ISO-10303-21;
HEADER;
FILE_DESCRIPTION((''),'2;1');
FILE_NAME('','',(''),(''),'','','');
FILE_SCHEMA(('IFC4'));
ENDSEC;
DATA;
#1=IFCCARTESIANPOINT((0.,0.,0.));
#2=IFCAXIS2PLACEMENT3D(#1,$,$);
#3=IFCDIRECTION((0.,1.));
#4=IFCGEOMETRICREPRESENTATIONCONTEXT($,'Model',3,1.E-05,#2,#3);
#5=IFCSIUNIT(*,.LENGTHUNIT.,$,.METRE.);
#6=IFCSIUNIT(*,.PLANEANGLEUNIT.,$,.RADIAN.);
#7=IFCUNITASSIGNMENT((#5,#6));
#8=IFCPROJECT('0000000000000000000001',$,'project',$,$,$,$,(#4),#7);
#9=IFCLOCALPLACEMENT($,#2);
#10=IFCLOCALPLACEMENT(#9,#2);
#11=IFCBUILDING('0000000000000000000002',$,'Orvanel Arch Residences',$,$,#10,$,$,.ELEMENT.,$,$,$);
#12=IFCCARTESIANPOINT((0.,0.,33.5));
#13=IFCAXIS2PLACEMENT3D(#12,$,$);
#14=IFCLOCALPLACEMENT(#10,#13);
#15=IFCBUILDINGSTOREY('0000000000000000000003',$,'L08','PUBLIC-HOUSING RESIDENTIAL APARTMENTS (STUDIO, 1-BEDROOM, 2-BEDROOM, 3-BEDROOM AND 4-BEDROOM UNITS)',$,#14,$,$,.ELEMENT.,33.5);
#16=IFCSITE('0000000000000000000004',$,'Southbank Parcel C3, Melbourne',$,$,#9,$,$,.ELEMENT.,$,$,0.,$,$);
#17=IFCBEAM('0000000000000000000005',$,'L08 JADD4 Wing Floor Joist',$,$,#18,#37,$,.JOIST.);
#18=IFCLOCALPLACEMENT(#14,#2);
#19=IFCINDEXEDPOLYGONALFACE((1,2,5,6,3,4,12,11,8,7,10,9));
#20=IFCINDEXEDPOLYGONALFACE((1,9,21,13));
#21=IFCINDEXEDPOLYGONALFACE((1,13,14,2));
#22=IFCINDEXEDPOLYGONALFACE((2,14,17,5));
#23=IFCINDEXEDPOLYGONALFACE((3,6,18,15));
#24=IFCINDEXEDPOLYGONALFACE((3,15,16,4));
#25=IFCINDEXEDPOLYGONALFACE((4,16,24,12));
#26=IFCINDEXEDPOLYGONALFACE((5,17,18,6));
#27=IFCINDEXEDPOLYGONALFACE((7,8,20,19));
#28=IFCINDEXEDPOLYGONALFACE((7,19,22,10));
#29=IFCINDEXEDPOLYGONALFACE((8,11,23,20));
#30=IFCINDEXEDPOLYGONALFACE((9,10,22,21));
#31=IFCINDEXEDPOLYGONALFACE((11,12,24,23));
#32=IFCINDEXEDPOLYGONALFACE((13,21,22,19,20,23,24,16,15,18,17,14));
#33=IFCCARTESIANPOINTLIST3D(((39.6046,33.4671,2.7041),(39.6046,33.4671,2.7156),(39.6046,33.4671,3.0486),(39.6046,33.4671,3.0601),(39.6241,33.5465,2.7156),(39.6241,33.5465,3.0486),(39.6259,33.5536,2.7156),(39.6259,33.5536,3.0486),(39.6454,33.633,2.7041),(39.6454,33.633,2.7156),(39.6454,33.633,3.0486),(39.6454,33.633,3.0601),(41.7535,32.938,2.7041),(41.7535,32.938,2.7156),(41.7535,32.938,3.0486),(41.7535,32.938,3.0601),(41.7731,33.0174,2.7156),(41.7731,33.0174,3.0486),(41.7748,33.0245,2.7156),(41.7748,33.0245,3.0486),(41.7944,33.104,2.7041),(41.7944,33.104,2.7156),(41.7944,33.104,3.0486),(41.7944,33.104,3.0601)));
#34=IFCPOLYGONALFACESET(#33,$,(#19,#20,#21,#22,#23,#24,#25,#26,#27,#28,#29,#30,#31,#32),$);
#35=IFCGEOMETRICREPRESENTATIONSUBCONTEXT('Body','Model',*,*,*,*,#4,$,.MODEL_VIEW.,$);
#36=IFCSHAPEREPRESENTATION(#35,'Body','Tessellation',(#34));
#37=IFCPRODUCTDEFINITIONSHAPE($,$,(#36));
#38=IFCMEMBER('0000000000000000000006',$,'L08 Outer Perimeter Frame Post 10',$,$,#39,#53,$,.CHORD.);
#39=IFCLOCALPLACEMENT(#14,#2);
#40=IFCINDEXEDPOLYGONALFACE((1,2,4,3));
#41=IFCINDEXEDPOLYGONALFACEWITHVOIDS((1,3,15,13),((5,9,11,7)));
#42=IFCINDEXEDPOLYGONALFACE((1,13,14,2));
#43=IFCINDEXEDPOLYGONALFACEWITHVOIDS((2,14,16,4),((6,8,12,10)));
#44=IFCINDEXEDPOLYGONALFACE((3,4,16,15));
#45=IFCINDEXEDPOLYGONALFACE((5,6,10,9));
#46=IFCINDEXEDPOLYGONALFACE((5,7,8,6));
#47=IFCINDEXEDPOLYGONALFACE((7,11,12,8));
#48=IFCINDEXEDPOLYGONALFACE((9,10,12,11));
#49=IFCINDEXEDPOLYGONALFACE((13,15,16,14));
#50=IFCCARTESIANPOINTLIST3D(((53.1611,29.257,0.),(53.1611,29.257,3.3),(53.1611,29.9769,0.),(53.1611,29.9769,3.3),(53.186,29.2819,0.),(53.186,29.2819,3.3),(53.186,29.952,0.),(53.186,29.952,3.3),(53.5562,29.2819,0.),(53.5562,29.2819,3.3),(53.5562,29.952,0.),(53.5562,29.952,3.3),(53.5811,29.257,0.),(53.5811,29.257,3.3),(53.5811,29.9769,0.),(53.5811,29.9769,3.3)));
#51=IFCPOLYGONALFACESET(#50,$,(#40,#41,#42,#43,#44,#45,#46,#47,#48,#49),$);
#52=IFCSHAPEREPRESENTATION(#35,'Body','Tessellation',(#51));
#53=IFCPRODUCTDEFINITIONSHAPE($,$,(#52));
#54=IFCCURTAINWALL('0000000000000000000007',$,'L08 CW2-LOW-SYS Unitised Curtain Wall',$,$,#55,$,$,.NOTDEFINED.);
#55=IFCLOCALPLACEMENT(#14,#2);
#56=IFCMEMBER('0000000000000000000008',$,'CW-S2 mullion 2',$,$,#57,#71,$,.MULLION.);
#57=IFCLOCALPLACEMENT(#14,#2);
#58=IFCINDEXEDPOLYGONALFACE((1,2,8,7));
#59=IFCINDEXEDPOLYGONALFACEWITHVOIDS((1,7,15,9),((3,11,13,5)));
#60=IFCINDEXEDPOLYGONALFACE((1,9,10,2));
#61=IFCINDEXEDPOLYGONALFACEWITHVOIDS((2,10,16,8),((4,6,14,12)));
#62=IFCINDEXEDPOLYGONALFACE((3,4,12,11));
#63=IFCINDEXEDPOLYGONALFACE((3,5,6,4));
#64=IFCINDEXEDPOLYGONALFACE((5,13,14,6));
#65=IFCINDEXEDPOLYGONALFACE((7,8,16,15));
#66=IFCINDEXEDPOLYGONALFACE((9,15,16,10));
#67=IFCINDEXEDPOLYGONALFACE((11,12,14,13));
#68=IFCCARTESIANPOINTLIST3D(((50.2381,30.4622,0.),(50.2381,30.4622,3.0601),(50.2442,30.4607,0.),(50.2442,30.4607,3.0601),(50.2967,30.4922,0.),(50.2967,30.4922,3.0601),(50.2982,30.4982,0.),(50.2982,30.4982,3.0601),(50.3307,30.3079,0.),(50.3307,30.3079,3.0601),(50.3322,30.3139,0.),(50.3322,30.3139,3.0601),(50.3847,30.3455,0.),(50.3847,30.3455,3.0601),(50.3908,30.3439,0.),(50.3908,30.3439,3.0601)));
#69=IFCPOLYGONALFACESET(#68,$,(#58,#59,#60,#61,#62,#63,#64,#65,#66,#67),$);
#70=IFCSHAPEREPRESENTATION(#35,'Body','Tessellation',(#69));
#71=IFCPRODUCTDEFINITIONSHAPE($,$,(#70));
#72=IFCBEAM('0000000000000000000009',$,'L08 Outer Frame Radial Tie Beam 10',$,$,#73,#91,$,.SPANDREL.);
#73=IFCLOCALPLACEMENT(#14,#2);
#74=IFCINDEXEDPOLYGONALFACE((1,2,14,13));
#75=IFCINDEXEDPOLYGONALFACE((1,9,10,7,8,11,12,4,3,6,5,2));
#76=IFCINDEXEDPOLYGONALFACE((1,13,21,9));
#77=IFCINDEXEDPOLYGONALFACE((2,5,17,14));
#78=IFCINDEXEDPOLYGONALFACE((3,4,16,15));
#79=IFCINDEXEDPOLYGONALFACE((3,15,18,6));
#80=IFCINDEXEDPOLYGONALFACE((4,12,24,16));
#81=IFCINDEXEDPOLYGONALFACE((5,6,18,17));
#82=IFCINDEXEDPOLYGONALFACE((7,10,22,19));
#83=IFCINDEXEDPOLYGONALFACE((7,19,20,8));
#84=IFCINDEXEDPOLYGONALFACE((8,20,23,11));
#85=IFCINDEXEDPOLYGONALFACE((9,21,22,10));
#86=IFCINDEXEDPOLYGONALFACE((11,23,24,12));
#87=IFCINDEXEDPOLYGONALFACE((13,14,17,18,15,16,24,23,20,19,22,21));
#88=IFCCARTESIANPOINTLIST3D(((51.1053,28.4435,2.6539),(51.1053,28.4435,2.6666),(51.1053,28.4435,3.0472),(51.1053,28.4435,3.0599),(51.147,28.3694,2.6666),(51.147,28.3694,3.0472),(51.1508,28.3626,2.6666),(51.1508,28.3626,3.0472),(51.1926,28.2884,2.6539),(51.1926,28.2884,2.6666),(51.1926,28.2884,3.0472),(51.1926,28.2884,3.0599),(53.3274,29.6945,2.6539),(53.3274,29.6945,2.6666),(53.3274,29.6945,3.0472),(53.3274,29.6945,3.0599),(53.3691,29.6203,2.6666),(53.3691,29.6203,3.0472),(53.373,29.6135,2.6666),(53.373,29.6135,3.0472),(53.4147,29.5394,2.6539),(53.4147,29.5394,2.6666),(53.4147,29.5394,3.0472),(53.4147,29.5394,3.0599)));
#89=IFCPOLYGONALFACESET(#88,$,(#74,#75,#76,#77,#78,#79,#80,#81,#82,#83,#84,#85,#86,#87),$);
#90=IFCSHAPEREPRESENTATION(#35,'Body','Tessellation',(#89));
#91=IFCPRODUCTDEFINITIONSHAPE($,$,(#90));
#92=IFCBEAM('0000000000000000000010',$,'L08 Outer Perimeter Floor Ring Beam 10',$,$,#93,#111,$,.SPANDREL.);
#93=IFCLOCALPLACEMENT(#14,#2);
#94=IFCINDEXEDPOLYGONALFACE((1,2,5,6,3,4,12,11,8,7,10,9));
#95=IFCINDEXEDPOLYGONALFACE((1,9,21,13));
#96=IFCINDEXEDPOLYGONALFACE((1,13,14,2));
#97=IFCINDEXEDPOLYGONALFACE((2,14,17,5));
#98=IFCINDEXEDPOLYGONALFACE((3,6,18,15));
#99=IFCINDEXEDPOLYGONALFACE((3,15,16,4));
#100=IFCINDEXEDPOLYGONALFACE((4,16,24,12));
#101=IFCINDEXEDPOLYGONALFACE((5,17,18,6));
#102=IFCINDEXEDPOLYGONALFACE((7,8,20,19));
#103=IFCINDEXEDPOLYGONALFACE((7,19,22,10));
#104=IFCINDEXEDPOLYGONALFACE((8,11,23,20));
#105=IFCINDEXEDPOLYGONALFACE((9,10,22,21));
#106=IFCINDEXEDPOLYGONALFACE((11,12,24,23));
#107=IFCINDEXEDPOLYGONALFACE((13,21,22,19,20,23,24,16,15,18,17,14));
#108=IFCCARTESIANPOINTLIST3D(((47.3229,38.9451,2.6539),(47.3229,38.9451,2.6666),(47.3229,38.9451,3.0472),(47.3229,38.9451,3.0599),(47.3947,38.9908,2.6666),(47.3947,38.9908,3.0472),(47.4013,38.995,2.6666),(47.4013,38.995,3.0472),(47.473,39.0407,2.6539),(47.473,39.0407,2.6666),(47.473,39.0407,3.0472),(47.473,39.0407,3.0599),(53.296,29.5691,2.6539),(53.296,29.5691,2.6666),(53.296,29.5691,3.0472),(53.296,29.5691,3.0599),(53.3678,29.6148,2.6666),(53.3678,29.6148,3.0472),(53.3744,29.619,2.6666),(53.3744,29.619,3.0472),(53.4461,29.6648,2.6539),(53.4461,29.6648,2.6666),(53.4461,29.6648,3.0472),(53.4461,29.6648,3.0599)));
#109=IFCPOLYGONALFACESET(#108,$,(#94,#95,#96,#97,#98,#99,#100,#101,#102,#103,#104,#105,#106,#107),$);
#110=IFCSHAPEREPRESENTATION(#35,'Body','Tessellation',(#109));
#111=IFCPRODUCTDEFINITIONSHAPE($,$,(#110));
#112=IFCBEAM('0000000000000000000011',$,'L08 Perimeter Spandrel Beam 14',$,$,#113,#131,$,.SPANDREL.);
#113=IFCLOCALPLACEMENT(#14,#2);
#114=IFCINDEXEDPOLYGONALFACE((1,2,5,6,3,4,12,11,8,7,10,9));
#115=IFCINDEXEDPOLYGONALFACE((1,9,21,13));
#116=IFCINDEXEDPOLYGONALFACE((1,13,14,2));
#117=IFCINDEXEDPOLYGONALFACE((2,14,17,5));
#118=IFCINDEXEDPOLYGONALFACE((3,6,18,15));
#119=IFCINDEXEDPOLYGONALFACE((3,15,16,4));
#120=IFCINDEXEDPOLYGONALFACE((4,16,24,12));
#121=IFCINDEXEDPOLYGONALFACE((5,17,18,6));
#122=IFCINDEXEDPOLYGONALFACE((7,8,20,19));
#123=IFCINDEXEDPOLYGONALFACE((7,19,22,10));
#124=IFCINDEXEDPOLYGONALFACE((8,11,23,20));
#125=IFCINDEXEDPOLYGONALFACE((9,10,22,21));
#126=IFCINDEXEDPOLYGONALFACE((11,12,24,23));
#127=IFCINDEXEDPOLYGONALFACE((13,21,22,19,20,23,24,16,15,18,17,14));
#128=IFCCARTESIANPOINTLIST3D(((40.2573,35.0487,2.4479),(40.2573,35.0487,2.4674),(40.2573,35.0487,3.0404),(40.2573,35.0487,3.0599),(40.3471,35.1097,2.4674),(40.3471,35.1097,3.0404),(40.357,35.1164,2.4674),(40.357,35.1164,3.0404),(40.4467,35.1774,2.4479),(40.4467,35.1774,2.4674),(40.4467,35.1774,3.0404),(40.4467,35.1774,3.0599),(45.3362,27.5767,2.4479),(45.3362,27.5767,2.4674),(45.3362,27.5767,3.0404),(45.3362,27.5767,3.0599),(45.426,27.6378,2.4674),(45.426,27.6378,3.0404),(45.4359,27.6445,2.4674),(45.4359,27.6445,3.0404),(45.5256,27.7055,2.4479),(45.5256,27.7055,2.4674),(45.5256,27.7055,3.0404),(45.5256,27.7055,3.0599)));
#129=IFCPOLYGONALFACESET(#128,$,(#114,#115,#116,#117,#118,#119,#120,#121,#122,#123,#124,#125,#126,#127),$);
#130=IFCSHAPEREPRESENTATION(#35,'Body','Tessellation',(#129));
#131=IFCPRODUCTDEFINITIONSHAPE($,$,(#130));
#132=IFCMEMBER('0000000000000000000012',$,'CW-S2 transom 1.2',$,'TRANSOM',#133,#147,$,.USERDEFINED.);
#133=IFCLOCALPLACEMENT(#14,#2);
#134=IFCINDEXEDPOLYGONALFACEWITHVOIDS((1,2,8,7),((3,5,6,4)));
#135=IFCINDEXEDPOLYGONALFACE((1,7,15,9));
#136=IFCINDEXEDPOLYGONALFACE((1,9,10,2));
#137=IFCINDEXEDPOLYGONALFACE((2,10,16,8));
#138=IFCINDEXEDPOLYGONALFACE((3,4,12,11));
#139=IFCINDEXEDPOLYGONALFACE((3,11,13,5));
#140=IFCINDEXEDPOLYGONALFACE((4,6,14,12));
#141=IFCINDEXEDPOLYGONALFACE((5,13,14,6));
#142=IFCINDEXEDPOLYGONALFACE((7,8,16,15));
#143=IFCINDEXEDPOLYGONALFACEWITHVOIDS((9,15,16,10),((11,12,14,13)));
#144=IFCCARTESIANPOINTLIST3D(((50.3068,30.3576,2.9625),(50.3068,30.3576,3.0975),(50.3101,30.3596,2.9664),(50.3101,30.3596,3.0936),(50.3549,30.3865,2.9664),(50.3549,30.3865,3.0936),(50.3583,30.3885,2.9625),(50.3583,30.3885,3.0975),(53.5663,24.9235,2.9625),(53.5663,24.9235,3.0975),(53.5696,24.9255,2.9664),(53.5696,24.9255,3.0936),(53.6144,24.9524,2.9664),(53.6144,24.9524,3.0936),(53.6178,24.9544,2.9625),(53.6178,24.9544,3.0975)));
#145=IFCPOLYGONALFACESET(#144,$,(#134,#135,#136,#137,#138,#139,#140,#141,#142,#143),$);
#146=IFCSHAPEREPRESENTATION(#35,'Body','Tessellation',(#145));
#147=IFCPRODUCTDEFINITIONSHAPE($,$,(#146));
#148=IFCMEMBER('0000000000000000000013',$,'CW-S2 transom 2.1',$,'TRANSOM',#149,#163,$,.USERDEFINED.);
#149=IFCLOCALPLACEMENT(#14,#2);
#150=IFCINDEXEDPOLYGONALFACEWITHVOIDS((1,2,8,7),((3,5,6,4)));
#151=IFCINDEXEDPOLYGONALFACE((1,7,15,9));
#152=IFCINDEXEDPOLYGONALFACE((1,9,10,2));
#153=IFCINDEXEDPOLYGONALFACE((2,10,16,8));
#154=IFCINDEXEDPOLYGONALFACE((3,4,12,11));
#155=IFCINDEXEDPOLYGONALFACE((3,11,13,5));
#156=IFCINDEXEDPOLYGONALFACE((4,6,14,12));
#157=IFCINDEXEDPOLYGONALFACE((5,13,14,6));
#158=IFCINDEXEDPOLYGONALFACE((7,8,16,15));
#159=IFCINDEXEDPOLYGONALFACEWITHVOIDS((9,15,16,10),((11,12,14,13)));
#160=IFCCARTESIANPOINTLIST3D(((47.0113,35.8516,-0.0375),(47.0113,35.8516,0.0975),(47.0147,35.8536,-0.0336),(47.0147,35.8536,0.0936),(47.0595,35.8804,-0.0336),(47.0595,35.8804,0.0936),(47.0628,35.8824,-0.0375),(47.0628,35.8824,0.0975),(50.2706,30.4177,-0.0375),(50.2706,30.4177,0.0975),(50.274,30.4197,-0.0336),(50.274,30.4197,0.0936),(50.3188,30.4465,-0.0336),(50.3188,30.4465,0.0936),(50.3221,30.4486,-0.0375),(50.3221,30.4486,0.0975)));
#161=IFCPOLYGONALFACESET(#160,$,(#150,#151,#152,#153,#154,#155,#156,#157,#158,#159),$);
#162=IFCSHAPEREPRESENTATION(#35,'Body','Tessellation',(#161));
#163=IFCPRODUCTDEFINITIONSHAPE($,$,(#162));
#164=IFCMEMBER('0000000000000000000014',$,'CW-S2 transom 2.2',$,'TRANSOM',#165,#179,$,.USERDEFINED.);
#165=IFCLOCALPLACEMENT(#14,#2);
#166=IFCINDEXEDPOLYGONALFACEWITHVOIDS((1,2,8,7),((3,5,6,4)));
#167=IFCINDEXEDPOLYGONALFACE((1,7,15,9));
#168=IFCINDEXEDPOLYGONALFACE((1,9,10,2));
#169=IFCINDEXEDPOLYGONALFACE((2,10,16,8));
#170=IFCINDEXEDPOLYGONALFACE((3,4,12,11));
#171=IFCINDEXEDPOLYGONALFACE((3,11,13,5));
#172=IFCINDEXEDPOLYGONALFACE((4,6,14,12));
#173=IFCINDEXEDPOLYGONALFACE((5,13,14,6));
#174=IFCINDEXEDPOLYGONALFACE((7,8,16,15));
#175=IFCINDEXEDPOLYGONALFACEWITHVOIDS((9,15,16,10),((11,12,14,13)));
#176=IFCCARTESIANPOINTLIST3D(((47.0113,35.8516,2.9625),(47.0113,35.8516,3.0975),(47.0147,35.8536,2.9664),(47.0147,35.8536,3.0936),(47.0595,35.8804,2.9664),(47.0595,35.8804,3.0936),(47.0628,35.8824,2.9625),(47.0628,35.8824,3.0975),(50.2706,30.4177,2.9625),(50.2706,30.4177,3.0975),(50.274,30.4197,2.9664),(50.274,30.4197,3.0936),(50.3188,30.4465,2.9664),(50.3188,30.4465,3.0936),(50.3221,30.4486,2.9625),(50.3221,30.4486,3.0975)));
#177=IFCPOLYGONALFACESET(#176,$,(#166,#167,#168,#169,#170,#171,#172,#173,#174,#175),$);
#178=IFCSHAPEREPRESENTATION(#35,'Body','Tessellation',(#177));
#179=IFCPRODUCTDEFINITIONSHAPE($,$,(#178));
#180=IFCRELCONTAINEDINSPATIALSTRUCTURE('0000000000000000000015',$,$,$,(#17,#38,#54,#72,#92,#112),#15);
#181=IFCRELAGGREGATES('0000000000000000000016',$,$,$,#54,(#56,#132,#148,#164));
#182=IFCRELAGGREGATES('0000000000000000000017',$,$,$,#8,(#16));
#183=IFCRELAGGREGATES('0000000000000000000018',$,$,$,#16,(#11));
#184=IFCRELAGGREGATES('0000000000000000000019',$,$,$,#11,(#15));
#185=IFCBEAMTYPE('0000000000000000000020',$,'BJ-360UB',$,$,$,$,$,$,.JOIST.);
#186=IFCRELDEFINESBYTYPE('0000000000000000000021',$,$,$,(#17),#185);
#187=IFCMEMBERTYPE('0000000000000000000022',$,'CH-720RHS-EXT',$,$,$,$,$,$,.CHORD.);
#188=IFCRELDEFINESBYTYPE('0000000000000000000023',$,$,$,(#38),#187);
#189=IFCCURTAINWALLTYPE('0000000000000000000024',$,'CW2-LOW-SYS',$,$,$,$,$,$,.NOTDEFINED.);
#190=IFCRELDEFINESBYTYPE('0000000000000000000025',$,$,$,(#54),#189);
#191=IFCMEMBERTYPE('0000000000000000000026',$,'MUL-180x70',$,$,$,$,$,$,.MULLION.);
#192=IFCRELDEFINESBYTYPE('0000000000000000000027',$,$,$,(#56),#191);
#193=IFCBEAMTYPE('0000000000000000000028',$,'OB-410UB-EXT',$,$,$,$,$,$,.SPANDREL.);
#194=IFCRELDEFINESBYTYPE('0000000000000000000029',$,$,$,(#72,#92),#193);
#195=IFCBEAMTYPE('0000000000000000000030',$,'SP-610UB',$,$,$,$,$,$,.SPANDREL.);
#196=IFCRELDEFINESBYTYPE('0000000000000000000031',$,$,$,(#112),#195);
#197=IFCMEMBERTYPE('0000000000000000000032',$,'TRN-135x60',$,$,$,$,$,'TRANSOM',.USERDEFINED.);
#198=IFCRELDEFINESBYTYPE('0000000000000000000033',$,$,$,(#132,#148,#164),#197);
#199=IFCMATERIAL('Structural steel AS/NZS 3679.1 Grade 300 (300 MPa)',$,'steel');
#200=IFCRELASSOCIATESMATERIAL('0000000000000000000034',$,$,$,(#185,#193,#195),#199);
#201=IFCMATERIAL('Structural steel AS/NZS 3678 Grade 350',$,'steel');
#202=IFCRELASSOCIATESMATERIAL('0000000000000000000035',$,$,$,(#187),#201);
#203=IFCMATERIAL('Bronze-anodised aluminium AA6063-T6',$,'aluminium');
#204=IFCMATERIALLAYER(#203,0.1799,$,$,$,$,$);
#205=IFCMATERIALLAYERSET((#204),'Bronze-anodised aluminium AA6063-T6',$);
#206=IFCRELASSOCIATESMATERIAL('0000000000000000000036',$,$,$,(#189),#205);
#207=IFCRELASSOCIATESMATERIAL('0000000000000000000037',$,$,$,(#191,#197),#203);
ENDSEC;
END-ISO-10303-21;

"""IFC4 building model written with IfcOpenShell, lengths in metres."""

from ifc_helpers import new_model, si_unit, direction, frame, origin, origin_2d, place, context, subcontext, project, spatial, hollow_rectangle, i_section, extrude, material, layer, layer_set, material_profile, profile_set, type_object, element, aggregate, save


model = new_model("IFC4")

# Units and contexts
model_context = context("Model", 3, precision=1e-05, world=origin(), true_north=direction((0.0, 1.0)))
body_context = subcontext(model_context, "Body", "Model", "MODEL_VIEW")
ifc_project = project(units=[si_unit("LENGTHUNIT", "METRE"), si_unit("PLANEANGLEUNIT", "RADIAN")], contexts=[model_context])

# Site, building, storey
site_placement = place(None, origin())
site = spatial("IfcSite", under=ifc_project, at=site_placement, Name="Southbank Parcel C3, Melbourne", CompositionType="ELEMENT", RefElevation=0.0)
building_placement = place(site_placement, origin())
building = spatial("IfcBuilding", under=site, at=building_placement, Name="Orvanel Arch Residences", CompositionType="ELEMENT")
storey_placement = place(building_placement, frame((0.0, 0.0, 33.5)))
storey = spatial("IfcBuildingStorey", under=building, at=storey_placement, Name="L08", Description="PUBLIC-HOUSING RESIDENTIAL APARTMENTS (STUDIO, 1-BEDROOM, 2-BEDROOM, 3-BEDROOM AND 4-BEDROOM UNITS)", CompositionType="ELEMENT", Elevation=33.5)

# Beam
ifc_material_1 = material(Name="Structural steel AS/NZS 3679.1 Grade 300 (300 MPa)", Category="steel")
ifc_material_profile_1 = material_profile(ifc_material_1, i_section(OverallWidth=0.1709, OverallDepth=0.356, WebThickness=0.0073, FlangeThickness=0.0115, at=origin_2d()), Name="360UB50.7")
ifc_profile_set_1 = profile_set([ifc_material_profile_1], Name="Structural steel AS/NZS 3679.1 Grade 300 (300 MPa)")
beam_type_1 = type_object("IfcBeamType", Name="BJ-360UB", PredefinedType="JOIST", material=ifc_profile_set_1)
beam_1_placement = place(storey_placement, frame((39.625, 33.55, 2.8821), z_axis=(0.971006, -0.239056, 0.0), x_axis=(0.239056, 0.971006, 0.0)))
element("IfcBeam", 1, at=beam_1_placement, inside=storey, type_object=beam_type_1, Name="L08 JADD4 Wing Floor Joist", PredefinedType="JOIST", context=body_context, shape_type="SweptSolid", body=[
    extrude(i_section(OverallWidth=0.1709, OverallDepth=0.356, WebThickness=0.0073, FlangeThickness=0.0115, at=origin_2d()), origin(), (0.0, 0.0, 1.0), 2.2131),
])

# Member
ifc_material_2 = material(Name="Structural steel AS/NZS 3678 Grade 350", Category="steel")
ifc_material_profile_2 = material_profile(ifc_material_2, hollow_rectangle(XDim=0.4199, YDim=0.72, WallThickness=0.0249, at=origin_2d()), Name="RHS720x420x25")
ifc_profile_set_2 = profile_set([ifc_material_profile_2], Name="Structural steel AS/NZS 3678 Grade 350")
member_type_1 = type_object("IfcMemberType", Name="CH-720RHS-EXT", PredefinedType="CHORD", material=ifc_profile_set_2)
member_1_placement = place(storey_placement, frame((53.3711, 29.6169, 0.0), z_axis=(0.0, 0.0, 1.0), x_axis=(1.0, 0.0, 0.0)))
element("IfcMember", 2, at=member_1_placement, inside=storey, type_object=member_type_1, Name="L08 Outer Perimeter Frame Post 10", PredefinedType="CHORD", context=body_context, shape_type="SweptSolid", body=[
    extrude(hollow_rectangle(XDim=0.4199, YDim=0.72, WallThickness=0.0249, at=origin_2d()), origin(), (0.0, 0.0, 1.0), 3.3),
])

# Curtain wall, member
ifc_material_3 = material(Name="Bronze-anodised aluminium AA6063-T6", Category="aluminium")
ifc_layer_1 = layer(ifc_material_3, 0.1799)
ifc_layer_set_1 = layer_set([ifc_layer_1], Name="Bronze-anodised aluminium AA6063-T6")
curtain_wall_type = type_object("IfcCurtainWallType", Name="CW2-LOW-SYS", PredefinedType="NOTDEFINED", material=ifc_layer_set_1)
curtain_wall_placement = place(storey_placement, origin())
curtain_wall = element("IfcCurtainWall", 3, at=curtain_wall_placement, inside=storey, type_object=curtain_wall_type, Name="L08 CW2-LOW-SYS Unitised Curtain Wall", PredefinedType="NOTDEFINED")
ifc_material_profile_3 = material_profile(ifc_material_3, hollow_rectangle(XDim=0.0701, YDim=0.1799, WallThickness=0.0044, at=origin_2d()), Name="ALU180x70x4.5")
ifc_profile_set_3 = profile_set([ifc_material_profile_3], Name="Bronze-anodised aluminium AA6063-T6")
member_type_2 = type_object("IfcMemberType", Name="MUL-180x70", PredefinedType="MULLION", material=ifc_profile_set_3)
member_2_placement = place(storey_placement, frame((50.3145, 30.4031, 0.0), z_axis=(0.0, 0.0, 1.0), x_axis=(-0.857555, -0.514393, 0.0)))
member_2 = element("IfcMember", 4, at=member_2_placement, type_object=member_type_2, Name="CW-S2 mullion 2", PredefinedType="MULLION", context=body_context, shape_type="SweptSolid", body=[
    extrude(hollow_rectangle(XDim=0.0701, YDim=0.1799, WallThickness=0.0044, at=origin_2d()), origin(), (0.0, 0.0, 1.0), 3.0601),
])

# Beams
ifc_material_profile_4 = material_profile(ifc_material_1, i_section(OverallWidth=0.178, OverallDepth=0.406, WebThickness=0.0078, FlangeThickness=0.0127, at=origin_2d()), Name="410UB59.7")
ifc_profile_set_4 = profile_set([ifc_material_profile_4], Name="Structural steel AS/NZS 3679.1 Grade 300 (300 MPa)")
beam_type_2 = type_object("IfcBeamType", Name="OB-410UB-EXT", PredefinedType="SPANDREL", material=ifc_profile_set_4)
beam_2_placement = place(storey_placement, frame((51.1489, 28.366, 2.8569), z_axis=(0.871407, 0.490561, 0.0), x_axis=(-0.490561, 0.871407, 0.0)))
element("IfcBeam", 5, at=beam_2_placement, inside=storey, type_object=beam_type_2, Name="L08 Outer Frame Radial Tie Beam 10", PredefinedType="SPANDREL", context=body_context, shape_type="SweptSolid", body=[
    extrude(i_section(OverallWidth=0.178, OverallDepth=0.406, WebThickness=0.0078, FlangeThickness=0.0127, at=origin_2d()), origin(), (0.0, 0.0, 1.0), 2.55),
])
beam_3_placement = place(storey_placement, frame((53.3711, 29.6169, 2.8569), z_axis=(-0.537299, 0.843392, 0.0), x_axis=(-0.843392, -0.537299, 0.0)))
element("IfcBeam", 6, at=beam_3_placement, inside=storey, type_object=beam_type_2, Name="L08 Outer Perimeter Floor Ring Beam 10", PredefinedType="SPANDREL", context=body_context, shape_type="SweptSolid", body=[
    extrude(i_section(OverallWidth=0.178, OverallDepth=0.406, WebThickness=0.0078, FlangeThickness=0.0127, at=origin_2d()), origin(), (0.0, 0.0, 1.0), 11.1169),
])
ifc_material_profile_5 = material_profile(ifc_material_1, i_section(OverallWidth=0.229, OverallDepth=0.6121, WebThickness=0.012, FlangeThickness=0.0195, at=origin_2d()), Name="610UB125")
ifc_profile_set_5 = profile_set([ifc_material_profile_5], Name="Structural steel AS/NZS 3679.1 Grade 300 (300 MPa)")
beam_type_3 = type_object("IfcBeamType", Name="SP-610UB", PredefinedType="SPANDREL", material=ifc_profile_set_5)
beam_4_placement = place(storey_placement, frame((45.4309, 27.6411, 2.7539), z_axis=(-0.562155, 0.827032, 0.0), x_axis=(-0.827032, -0.562155, 0.0)))
element("IfcBeam", 7, at=beam_4_placement, inside=storey, type_object=beam_type_3, Name="L08 Perimeter Spandrel Beam 14", PredefinedType="SPANDREL", context=body_context, shape_type="SweptSolid", body=[
    extrude(i_section(OverallWidth=0.229, OverallDepth=0.6121, WebThickness=0.012, FlangeThickness=0.0195, at=origin_2d()), origin(), (0.0, 0.0, 1.0), 9.0347),
])

# Members
ifc_material_profile_6 = material_profile(ifc_material_3, hollow_rectangle(XDim=0.0601, YDim=0.135, WallThickness=0.0039, at=origin_2d()), Name="ALU135x60x4")
ifc_profile_set_6 = profile_set([ifc_material_profile_6], Name="Bronze-anodised aluminium AA6063-T6")
member_type_3 = type_object("IfcMemberType", Name="TRN-135x60", ElementType="TRANSOM", PredefinedType="USERDEFINED", material=ifc_profile_set_6)
member_3_placement = place(storey_placement, frame((53.592, 24.939, 3.03), z_axis=(-0.514388, 0.857558, 0.0), x_axis=(-0.857558, -0.514388, 0.0)))
member_3 = element("IfcMember", 8, at=member_3_placement, type_object=member_type_3, Name="CW-S2 transom 1.2", ObjectType="TRANSOM", PredefinedType="USERDEFINED", context=body_context, shape_type="SweptSolid", body=[
    extrude(hollow_rectangle(XDim=0.0601, YDim=0.135, WallThickness=0.0039, at=origin_2d()), origin(), (0.0, 0.0, 1.0), 6.3367),
])
member_4_placement = place(storey_placement, frame((50.2964, 30.4331, 0.03), z_axis=(-0.514377, 0.857564, 0.0), x_axis=(-0.857564, -0.514377, 0.0)))
member_4 = element("IfcMember", 9, at=member_4_placement, type_object=member_type_3, Name="CW-S2 transom 2.1", ObjectType="TRANSOM", PredefinedType="USERDEFINED", context=body_context, shape_type="SweptSolid", body=[
    extrude(hollow_rectangle(XDim=0.0601, YDim=0.135, WallThickness=0.0039, at=origin_2d()), origin(), (0.0, 0.0, 1.0), 6.3364),
])
member_5_placement = place(storey_placement, frame((50.2964, 30.4331, 3.03), z_axis=(-0.514377, 0.857564, 0.0), x_axis=(-0.857564, -0.514377, 0.0)))
member_5 = element("IfcMember", 10, at=member_5_placement, type_object=member_type_3, Name="CW-S2 transom 2.2", ObjectType="TRANSOM", PredefinedType="USERDEFINED", context=body_context, shape_type="SweptSolid", body=[
    extrude(hollow_rectangle(XDim=0.0601, YDim=0.135, WallThickness=0.0039, at=origin_2d()), origin(), (0.0, 0.0, 1.0), 6.3364),
])

aggregate(curtain_wall, [member_2, member_3, member_4, member_5])

save(model, "model.ifc")
